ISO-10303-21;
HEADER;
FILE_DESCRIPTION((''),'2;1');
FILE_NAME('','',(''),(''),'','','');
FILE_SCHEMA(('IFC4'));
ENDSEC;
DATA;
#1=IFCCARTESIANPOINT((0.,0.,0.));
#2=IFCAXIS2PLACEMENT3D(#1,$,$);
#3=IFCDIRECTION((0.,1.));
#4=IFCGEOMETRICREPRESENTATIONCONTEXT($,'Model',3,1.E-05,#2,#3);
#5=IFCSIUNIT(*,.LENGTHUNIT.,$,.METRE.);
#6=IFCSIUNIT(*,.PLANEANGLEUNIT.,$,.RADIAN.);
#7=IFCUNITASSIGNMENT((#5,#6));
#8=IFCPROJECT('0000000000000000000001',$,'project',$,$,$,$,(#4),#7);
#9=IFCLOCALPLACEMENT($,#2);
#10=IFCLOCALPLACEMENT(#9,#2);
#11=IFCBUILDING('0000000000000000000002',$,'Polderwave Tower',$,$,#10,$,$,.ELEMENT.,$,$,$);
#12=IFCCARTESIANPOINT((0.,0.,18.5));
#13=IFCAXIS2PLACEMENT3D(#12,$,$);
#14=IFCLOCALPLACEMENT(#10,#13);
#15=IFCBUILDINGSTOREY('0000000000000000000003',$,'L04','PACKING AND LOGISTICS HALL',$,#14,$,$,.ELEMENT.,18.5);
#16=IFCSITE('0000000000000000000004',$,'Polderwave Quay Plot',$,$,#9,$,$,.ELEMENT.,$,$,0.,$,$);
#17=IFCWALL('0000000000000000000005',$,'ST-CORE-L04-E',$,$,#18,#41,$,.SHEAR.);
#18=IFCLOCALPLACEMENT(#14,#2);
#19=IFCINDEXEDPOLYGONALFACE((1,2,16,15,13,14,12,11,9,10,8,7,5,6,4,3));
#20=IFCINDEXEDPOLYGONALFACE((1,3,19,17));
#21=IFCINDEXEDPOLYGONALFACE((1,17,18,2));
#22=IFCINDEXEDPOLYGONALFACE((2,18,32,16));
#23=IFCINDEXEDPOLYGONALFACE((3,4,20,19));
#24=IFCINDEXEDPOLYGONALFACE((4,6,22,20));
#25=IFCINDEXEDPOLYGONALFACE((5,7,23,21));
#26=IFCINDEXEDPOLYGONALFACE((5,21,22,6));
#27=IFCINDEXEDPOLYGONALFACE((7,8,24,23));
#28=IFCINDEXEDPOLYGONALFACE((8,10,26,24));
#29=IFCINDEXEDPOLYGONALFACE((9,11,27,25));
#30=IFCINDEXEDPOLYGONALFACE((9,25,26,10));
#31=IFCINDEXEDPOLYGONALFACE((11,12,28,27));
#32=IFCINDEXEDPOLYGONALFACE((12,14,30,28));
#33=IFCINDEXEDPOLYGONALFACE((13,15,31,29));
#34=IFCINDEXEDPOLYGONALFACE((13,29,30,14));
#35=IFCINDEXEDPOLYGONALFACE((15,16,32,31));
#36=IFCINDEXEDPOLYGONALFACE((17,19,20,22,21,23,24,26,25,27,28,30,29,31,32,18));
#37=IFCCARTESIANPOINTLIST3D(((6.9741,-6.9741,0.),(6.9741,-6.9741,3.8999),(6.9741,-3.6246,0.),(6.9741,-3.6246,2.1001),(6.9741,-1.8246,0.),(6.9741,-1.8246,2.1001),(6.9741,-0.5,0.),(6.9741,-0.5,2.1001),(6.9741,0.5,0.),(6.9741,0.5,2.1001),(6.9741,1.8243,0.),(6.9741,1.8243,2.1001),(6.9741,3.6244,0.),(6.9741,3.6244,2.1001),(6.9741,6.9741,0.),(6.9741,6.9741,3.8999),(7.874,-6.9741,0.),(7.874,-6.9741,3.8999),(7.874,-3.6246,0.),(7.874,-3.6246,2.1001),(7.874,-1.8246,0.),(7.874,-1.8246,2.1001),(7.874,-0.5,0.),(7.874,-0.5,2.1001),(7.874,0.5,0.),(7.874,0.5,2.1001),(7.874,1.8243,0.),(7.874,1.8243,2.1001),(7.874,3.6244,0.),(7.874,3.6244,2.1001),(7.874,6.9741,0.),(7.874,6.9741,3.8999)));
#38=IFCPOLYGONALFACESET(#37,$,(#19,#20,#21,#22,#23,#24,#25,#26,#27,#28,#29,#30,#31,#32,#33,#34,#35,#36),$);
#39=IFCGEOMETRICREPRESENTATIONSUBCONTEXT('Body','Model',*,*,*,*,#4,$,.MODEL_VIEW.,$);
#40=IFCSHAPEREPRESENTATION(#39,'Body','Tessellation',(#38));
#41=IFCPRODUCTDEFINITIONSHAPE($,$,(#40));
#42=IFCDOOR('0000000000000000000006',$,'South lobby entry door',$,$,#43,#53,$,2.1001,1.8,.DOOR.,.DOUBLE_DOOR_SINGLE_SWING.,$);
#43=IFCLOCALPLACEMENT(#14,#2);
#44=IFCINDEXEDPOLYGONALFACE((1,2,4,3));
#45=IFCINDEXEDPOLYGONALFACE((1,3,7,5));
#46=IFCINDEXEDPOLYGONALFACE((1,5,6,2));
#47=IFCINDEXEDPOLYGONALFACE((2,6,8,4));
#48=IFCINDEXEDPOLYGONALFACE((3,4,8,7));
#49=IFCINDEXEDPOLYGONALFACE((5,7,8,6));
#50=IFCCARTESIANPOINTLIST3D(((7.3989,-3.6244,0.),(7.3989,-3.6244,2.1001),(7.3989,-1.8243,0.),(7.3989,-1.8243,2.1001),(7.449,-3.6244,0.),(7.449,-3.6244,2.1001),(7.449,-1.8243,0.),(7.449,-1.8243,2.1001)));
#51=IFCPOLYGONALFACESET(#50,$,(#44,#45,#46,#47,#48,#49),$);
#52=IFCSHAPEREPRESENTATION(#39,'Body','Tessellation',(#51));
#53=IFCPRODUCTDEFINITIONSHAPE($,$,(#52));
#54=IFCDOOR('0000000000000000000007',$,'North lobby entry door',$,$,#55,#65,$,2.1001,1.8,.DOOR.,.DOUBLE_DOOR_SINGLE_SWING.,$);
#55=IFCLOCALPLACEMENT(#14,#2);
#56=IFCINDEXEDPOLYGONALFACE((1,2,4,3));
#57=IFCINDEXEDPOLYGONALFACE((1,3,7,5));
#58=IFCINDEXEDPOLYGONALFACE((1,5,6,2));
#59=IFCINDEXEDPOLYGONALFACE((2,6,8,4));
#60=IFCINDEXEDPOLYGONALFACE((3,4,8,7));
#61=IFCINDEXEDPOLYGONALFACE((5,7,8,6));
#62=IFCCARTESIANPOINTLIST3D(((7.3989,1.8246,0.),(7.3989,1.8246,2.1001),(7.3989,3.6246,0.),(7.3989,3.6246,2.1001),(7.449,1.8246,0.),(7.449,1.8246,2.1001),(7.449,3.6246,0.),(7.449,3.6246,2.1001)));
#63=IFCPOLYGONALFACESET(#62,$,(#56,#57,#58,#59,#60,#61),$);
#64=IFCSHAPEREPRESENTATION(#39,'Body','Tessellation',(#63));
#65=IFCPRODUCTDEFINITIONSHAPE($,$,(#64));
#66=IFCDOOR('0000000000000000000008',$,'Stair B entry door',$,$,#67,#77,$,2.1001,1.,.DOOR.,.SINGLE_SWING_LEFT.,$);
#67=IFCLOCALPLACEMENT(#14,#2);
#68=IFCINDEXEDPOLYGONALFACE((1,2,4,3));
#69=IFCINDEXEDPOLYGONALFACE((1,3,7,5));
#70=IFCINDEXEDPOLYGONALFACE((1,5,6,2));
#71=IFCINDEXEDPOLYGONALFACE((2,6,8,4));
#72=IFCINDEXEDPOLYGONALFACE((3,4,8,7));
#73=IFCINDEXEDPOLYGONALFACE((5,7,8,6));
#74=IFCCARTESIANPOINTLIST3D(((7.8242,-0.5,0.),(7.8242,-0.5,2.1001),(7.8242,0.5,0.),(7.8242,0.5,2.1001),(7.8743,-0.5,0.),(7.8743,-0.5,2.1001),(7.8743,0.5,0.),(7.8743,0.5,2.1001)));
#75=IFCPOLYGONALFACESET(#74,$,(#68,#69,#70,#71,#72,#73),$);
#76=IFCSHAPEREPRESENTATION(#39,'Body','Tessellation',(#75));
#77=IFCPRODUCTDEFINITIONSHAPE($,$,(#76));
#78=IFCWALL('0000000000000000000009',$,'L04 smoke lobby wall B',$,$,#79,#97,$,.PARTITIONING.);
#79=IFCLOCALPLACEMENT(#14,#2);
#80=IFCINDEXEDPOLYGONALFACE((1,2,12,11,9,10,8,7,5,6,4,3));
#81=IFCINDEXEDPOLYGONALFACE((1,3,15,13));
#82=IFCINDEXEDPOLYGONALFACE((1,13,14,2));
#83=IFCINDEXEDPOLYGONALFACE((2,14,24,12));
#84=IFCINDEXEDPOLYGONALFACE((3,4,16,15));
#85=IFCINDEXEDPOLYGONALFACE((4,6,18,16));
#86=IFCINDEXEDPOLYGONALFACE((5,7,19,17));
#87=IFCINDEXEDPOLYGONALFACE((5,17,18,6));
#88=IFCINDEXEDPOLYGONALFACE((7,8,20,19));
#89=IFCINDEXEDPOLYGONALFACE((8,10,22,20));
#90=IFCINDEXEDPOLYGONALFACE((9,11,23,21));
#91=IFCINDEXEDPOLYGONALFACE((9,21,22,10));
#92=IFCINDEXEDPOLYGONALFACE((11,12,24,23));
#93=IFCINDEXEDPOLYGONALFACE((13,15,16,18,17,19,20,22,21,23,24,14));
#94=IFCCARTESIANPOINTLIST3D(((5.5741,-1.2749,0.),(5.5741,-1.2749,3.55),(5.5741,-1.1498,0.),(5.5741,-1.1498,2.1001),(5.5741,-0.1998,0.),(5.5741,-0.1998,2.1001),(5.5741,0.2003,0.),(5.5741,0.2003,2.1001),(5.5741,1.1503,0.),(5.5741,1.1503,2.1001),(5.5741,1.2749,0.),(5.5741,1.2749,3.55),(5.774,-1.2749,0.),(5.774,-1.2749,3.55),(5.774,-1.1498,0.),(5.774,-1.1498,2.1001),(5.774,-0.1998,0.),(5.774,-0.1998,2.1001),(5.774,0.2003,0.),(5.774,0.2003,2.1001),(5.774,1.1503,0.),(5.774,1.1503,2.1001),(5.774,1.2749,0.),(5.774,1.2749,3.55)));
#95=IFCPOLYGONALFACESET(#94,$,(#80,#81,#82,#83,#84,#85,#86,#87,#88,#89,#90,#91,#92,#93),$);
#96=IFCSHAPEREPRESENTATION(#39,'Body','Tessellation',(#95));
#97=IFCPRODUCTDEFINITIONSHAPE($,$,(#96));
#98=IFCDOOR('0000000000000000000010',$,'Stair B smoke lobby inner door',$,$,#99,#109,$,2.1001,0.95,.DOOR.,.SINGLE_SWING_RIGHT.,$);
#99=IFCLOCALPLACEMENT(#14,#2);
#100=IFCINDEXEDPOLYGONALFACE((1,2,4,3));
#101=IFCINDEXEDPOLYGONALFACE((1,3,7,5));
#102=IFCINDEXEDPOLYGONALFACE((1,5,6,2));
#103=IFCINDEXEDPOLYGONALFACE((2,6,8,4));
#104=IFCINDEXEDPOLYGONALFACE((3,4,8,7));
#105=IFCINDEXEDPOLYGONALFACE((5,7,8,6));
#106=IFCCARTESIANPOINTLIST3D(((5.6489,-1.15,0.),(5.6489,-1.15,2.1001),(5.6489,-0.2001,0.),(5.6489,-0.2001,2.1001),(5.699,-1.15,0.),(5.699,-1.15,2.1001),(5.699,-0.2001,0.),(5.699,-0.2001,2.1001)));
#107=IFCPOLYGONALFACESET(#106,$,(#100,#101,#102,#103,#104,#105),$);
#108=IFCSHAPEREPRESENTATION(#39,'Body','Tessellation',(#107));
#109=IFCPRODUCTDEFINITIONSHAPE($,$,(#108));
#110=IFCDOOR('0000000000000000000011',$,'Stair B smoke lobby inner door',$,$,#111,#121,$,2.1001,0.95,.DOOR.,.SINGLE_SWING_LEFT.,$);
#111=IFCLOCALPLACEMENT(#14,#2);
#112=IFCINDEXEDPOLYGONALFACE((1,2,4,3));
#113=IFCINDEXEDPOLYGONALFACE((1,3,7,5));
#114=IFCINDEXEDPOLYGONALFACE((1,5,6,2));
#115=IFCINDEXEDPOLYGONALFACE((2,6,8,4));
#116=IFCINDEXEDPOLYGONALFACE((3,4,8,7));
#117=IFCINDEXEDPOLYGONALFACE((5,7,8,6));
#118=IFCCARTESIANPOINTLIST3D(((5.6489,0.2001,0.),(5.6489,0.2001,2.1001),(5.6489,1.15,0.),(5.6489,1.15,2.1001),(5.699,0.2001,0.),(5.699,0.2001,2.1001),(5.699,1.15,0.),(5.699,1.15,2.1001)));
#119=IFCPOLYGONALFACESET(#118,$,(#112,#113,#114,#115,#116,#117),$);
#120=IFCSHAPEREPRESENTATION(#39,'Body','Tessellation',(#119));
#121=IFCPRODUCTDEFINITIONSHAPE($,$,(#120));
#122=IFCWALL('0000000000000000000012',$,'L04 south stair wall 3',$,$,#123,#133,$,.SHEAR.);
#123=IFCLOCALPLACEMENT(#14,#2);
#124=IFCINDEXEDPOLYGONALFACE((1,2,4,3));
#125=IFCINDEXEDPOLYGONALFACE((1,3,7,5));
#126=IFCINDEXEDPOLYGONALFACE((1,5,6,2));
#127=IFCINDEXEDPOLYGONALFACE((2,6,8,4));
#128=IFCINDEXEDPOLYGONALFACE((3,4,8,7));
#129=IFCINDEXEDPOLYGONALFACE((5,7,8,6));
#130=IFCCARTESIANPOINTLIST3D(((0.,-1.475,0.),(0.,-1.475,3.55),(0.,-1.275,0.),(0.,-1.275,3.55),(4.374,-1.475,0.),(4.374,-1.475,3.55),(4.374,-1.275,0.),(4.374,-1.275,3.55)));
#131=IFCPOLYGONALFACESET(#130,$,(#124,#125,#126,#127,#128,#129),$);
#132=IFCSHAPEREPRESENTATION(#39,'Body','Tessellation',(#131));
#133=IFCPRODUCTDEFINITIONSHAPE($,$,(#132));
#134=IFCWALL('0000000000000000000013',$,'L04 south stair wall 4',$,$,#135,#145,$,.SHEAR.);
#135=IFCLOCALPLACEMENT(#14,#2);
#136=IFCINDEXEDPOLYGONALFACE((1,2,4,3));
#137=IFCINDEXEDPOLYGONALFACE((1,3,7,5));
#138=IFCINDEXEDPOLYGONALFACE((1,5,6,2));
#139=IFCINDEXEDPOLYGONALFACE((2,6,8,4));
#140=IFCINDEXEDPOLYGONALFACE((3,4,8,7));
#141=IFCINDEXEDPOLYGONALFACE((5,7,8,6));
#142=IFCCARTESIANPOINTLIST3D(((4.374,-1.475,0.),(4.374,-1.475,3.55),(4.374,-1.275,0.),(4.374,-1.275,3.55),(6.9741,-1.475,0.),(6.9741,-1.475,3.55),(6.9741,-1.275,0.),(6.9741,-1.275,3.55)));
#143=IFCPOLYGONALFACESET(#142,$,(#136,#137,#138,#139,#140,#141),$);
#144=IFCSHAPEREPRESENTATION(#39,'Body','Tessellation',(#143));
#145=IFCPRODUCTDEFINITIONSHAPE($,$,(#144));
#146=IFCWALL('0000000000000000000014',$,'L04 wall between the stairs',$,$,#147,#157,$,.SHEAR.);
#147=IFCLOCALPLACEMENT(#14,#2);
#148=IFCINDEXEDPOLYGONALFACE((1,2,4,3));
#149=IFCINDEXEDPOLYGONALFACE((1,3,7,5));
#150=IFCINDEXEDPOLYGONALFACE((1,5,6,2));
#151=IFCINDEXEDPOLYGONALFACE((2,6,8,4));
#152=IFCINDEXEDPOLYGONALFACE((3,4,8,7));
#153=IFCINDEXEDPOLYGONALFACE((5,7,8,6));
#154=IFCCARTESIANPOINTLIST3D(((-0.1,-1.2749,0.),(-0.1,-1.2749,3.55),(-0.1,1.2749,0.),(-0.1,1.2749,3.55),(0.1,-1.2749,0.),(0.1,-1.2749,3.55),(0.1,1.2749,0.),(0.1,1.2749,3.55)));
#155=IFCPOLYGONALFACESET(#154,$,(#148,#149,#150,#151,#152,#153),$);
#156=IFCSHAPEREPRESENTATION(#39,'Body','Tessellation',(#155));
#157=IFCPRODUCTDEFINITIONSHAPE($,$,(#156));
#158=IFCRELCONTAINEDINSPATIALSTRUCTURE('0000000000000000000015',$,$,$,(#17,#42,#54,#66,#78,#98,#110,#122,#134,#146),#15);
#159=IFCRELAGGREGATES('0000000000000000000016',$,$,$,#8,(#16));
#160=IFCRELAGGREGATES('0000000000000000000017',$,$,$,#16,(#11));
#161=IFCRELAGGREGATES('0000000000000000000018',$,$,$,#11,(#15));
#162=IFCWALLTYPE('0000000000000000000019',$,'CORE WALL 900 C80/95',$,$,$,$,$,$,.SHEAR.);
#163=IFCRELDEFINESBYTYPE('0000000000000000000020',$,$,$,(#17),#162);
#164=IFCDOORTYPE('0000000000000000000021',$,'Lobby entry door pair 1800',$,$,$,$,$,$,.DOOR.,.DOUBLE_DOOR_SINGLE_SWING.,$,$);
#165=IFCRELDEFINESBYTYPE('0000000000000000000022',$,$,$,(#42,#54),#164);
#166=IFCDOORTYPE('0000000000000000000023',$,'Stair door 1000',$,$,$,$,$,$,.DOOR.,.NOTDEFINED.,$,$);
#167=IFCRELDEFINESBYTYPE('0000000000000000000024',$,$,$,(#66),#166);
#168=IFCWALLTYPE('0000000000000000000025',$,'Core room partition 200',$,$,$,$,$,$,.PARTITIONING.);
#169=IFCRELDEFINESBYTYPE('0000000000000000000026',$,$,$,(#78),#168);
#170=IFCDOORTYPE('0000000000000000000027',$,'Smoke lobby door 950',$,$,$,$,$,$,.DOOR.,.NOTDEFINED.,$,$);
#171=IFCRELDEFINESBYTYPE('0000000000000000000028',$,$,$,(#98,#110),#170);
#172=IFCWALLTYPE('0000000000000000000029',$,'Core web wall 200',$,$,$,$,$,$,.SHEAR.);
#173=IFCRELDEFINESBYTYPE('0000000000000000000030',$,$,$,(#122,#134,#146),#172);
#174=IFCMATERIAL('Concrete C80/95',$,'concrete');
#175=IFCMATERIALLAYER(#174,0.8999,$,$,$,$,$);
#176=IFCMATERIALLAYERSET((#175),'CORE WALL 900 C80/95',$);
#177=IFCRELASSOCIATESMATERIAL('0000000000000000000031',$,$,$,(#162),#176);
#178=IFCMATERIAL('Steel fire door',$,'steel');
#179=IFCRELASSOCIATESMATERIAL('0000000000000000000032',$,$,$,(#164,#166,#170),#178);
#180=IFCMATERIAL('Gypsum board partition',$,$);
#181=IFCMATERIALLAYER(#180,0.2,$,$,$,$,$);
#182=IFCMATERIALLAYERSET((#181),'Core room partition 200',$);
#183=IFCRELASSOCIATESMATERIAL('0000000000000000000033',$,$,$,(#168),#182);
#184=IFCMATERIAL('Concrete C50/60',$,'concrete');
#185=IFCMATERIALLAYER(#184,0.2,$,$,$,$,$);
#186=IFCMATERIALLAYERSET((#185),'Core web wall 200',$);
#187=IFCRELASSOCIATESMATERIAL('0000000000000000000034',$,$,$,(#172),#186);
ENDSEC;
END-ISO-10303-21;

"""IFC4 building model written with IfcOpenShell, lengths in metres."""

from ifc_helpers import new_model, si_unit, direction, frame, frame_2d, origin, place, context, subcontext, project, spatial, rectangle, extrude, material, layer, layer_set, type_object, element, fill, save


model = new_model("IFC4")

# Units and contexts
model_context = context("Model", 3, precision=1e-05, world=origin(), true_north=direction((0.0, 1.0)))
body_context = subcontext(model_context, "Body", "Model", "MODEL_VIEW")
ifc_project = project(units=[si_unit("LENGTHUNIT", "METRE"), si_unit("PLANEANGLEUNIT", "RADIAN")], contexts=[model_context])

# Site, building, storey
site_placement = place(None, origin())
site = spatial("IfcSite", under=ifc_project, at=site_placement, Name="Polderwave Quay Plot", CompositionType="ELEMENT", RefElevation=0.0)
building_placement = place(site_placement, origin())
building = spatial("IfcBuilding", under=site, at=building_placement, Name="Polderwave Tower", CompositionType="ELEMENT")
storey_placement = place(building_placement, frame((0.0, 0.0, 18.5)))
storey = spatial("IfcBuildingStorey", under=building, at=storey_placement, Name="L04", Description="PACKING AND LOGISTICS HALL", CompositionType="ELEMENT", Elevation=18.5)

# Walls, openings, doors
ifc_material_1 = material(Name="Concrete C80/95", Category="concrete")
ifc_layer_1 = layer(ifc_material_1, 0.8999)
ifc_layer_set_1 = layer_set([ifc_layer_1], Name="CORE WALL 900 C80/95")
wall_type_1 = type_object("IfcWallType", Name="CORE WALL 900 C80/95", PredefinedType="SHEAR", material=ifc_layer_set_1)
wall_1_placement = place(storey_placement, frame((7.4241, -6.9741, 0.0), z_axis=(0.0, 0.0, 1.0), x_axis=(0.0, 1.0, 0.0)))
wall_1 = element("IfcWall", 1, at=wall_1_placement, inside=storey, type_object=wall_type_1, Name="ST-CORE-L04-E", PredefinedType="SHEAR", context=body_context, shape_type="SweptSolid", body=[
    extrude(rectangle(XDim=13.9482, YDim=0.8999, at=frame_2d((6.9741, 0.0))), origin(), (0.0, 0.0, 1.0), 3.8999),
])
opening_1_placement = place(wall_1_placement, frame((6.4741, 0.0, 0.0)))
opening_1 = element("IfcOpeningElement", 2, at=opening_1_placement, cuts=wall_1, PredefinedType="OPENING", context=body_context, shape_type="SweptSolid", body=[
    extrude(rectangle(XDim=1.0, YDim=2.1001, at=frame_2d((0.5, 1.05))), frame((0.0, 0.46, 0.0), z_axis=(0.0, -1.0, 0.0), x_axis=(1.0, 0.0, 0.0)), (0.0, 0.0, 1.0), 0.9199),
])
opening_2_placement = place(wall_1_placement, frame((3.3496, 0.0, 0.0)))
opening_2 = element("IfcOpeningElement", 3, at=opening_2_placement, cuts=wall_1, PredefinedType="OPENING", context=body_context, shape_type="SweptSolid", body=[
    extrude(rectangle(XDim=1.8, YDim=2.1001, at=frame_2d((0.8999, 1.05))), frame((0.0, 0.46, 0.0), z_axis=(0.0, -1.0, 0.0), x_axis=(1.0, 0.0, 0.0)), (0.0, 0.0, 1.0), 0.9199),
])
opening_3_placement = place(wall_1_placement, frame((8.7986, 0.0, 0.0)))
opening_3 = element("IfcOpeningElement", 4, at=opening_3_placement, cuts=wall_1, PredefinedType="OPENING", context=body_context, shape_type="SweptSolid", body=[
    extrude(rectangle(XDim=1.8, YDim=2.1001, at=frame_2d((0.8999, 1.05))), frame((0.0, 0.46, 0.0), z_axis=(0.0, -1.0, 0.0), x_axis=(1.0, 0.0, 0.0)), (0.0, 0.0, 1.0), 0.9199),
])
ifc_material_2 = material(Name="Steel fire door", Category="steel")
door_type_1 = type_object("IfcDoorType", Name="Lobby entry door pair 1800", OperationType="DOUBLE_DOOR_SINGLE_SWING", PredefinedType="DOOR", material=ifc_material_2)
door_1_placement = place(opening_2_placement, frame((1.8, 0.0, 0.0), z_axis=(0.0, 0.0, 1.0), x_axis=(-1.0, 0.0, 0.0)))
door_1 = element("IfcDoor", 5, at=door_1_placement, inside=storey, type_object=door_type_1, Name="South lobby entry door", OperationType="DOUBLE_DOOR_SINGLE_SWING", OverallHeight=2.1001, OverallWidth=1.8, PredefinedType="DOOR", context=body_context, shape_type="SweptSolid", body=[
    extrude(rectangle(XDim=1.8, YDim=2.1001, at=frame_2d((0.8999, 1.05))), frame((0.0, 0.0249, 0.0), z_axis=(0.0, -1.0, 0.0), x_axis=(1.0, 0.0, 0.0)), (0.0, 0.0, 1.0), 0.05),
])
fill(opening_2, door_1)
door_2_placement = place(opening_3_placement, frame((1.8, 0.0, 0.0), z_axis=(0.0, 0.0, 1.0), x_axis=(-1.0, 0.0, 0.0)))
door_2 = element("IfcDoor", 6, at=door_2_placement, inside=storey, type_object=door_type_1, Name="North lobby entry door", OperationType="DOUBLE_DOOR_SINGLE_SWING", OverallHeight=2.1001, OverallWidth=1.8, PredefinedType="DOOR", context=body_context, shape_type="SweptSolid", body=[
    extrude(rectangle(XDim=1.8, YDim=2.1001, at=frame_2d((0.8999, 1.05))), frame((0.0, 0.0249, 0.0), z_axis=(0.0, -1.0, 0.0), x_axis=(1.0, 0.0, 0.0)), (0.0, 0.0, 1.0), 0.05),
])
fill(opening_3, door_2)
door_type_2 = type_object("IfcDoorType", Name="Stair door 1000", OperationType="NOTDEFINED", PredefinedType="DOOR", material=ifc_material_2)
door_3_placement = place(opening_1_placement, frame((1.0, 0.0, 0.0), z_axis=(0.0, 0.0, 1.0), x_axis=(-1.0, 0.0, 0.0)))
door_3 = element("IfcDoor", 7, at=door_3_placement, inside=storey, type_object=door_type_2, Name="Stair B entry door", OperationType="SINGLE_SWING_LEFT", OverallHeight=2.1001, OverallWidth=1.0, PredefinedType="DOOR", context=body_context, shape_type="SweptSolid", body=[
    extrude(rectangle(XDim=1.0, YDim=2.1001, at=frame_2d((0.5, 1.05))), frame((0.0, 0.4502, 0.0), z_axis=(0.0, -1.0, 0.0), x_axis=(1.0, 0.0, 0.0)), (0.0, 0.0, 1.0), 0.05),
])
fill(opening_1, door_3)
ifc_material_3 = material(Name="Gypsum board partition")
ifc_layer_2 = layer(ifc_material_3, 0.2)
ifc_layer_set_2 = layer_set([ifc_layer_2], Name="Core room partition 200")
wall_type_2 = type_object("IfcWallType", Name="Core room partition 200", PredefinedType="PARTITIONING", material=ifc_layer_set_2)
wall_2_placement = place(storey_placement, frame((5.6741, -1.2749, 0.0), z_axis=(0.0, 0.0, 1.0), x_axis=(0.0, 1.0, 0.0)))
wall_2 = element("IfcWall", 8, at=wall_2_placement, inside=storey, type_object=wall_type_2, Name="L04 smoke lobby wall B", PredefinedType="PARTITIONING", context=body_context, shape_type="SweptSolid", body=[
    extrude(rectangle(XDim=2.5498, YDim=0.2, at=frame_2d((1.2749, 0.0))), origin(), (0.0, 0.0, 1.0), 3.55),
])
opening_4_placement = place(wall_2_placement, frame((0.125, 0.0, 0.0)))
opening_4 = element("IfcOpeningElement", 9, at=opening_4_placement, cuts=wall_2, PredefinedType="OPENING", context=body_context, shape_type="SweptSolid", body=[
    extrude(rectangle(XDim=0.95, YDim=2.1001, at=frame_2d((0.4751, 1.05))), frame((0.0, 0.1099, 0.0), z_axis=(0.0, -1.0, 0.0), x_axis=(1.0, 0.0, 0.0)), (0.0, 0.0, 1.0), 0.22),
])
opening_5_placement = place(wall_2_placement, frame((1.4751, 0.0, 0.0)))
opening_5 = element("IfcOpeningElement", 10, at=opening_5_placement, cuts=wall_2, PredefinedType="OPENING", context=body_context, shape_type="SweptSolid", body=[
    extrude(rectangle(XDim=0.95, YDim=2.1001, at=frame_2d((0.4751, 1.05))), frame((0.0, 0.1099, 0.0), z_axis=(0.0, -1.0, 0.0), x_axis=(1.0, 0.0, 0.0)), (0.0, 0.0, 1.0), 0.22),
])
door_type_3 = type_object("IfcDoorType", Name="Smoke lobby door 950", OperationType="NOTDEFINED", PredefinedType="DOOR", material=ifc_material_2)
door_4_placement = place(opening_4_placement, frame((0.95, 0.0, 0.0), z_axis=(0.0, 0.0, 1.0), x_axis=(-1.0, 0.0, 0.0)))
door_4 = element("IfcDoor", 11, at=door_4_placement, inside=storey, type_object=door_type_3, Name="Stair B smoke lobby inner door", OperationType="SINGLE_SWING_RIGHT", OverallHeight=2.1001, OverallWidth=0.95, PredefinedType="DOOR", context=body_context, shape_type="SweptSolid", body=[
    extrude(rectangle(XDim=0.95, YDim=2.1001, at=frame_2d((0.4751, 1.05))), frame((0.0, 0.0249, 0.0), z_axis=(0.0, -1.0, 0.0), x_axis=(1.0, 0.0, 0.0)), (0.0, 0.0, 1.0), 0.05),
])
fill(opening_4, door_4)
door_5_placement = place(opening_5_placement, frame((0.95, 0.0, 0.0), z_axis=(0.0, 0.0, 1.0), x_axis=(-1.0, 0.0, 0.0)))
door_5 = element("IfcDoor", 12, at=door_5_placement, inside=storey, type_object=door_type_3, Name="Stair B smoke lobby inner door", OperationType="SINGLE_SWING_LEFT", OverallHeight=2.1001, OverallWidth=0.95, PredefinedType="DOOR", context=body_context, shape_type="SweptSolid", body=[
    extrude(rectangle(XDim=0.95, YDim=2.1001, at=frame_2d((0.4751, 1.05))), frame((0.0, 0.0249, 0.0), z_axis=(0.0, -1.0, 0.0), x_axis=(1.0, 0.0, 0.0)), (0.0, 0.0, 1.0), 0.05),
])
fill(opening_5, door_5)

# Walls
ifc_material_4 = material(Name="Concrete C50/60", Category="concrete")
ifc_layer_3 = layer(ifc_material_4, 0.2)
ifc_layer_set_3 = layer_set([ifc_layer_3], Name="Core web wall 200")
wall_type_3 = type_object("IfcWallType", Name="Core web wall 200", PredefinedType="SHEAR", material=ifc_layer_set_3)
wall_3_placement = place(storey_placement, frame((0.0, -1.375, 0.0), z_axis=(0.0, 0.0, 1.0), x_axis=(1.0, 0.0, 0.0)))
element("IfcWall", 13, at=wall_3_placement, inside=storey, type_object=wall_type_3, Name="L04 south stair wall 3", PredefinedType="SHEAR", context=body_context, shape_type="SweptSolid", body=[
    extrude(rectangle(XDim=4.374, YDim=0.2, at=frame_2d((2.187, 0.0))), origin(), (0.0, 0.0, 1.0), 3.55),
])
wall_4_placement = place(storey_placement, frame((4.374, -1.375, 0.0), z_axis=(0.0, 0.0, 1.0), x_axis=(1.0, 0.0, 0.0)))
element("IfcWall", 14, at=wall_4_placement, inside=storey, type_object=wall_type_3, Name="L04 south stair wall 4", PredefinedType="SHEAR", context=body_context, shape_type="SweptSolid", body=[
    extrude(rectangle(XDim=2.6001, YDim=0.2, at=frame_2d((1.3, 0.0))), origin(), (0.0, 0.0, 1.0), 3.55),
])
wall_5_placement = place(storey_placement, frame((0.0, -1.2749, 0.0), z_axis=(0.0, 0.0, 1.0), x_axis=(0.0, 1.0, 0.0)))
element("IfcWall", 15, at=wall_5_placement, inside=storey, type_object=wall_type_3, Name="L04 wall between the stairs", PredefinedType="SHEAR", context=body_context, shape_type="SweptSolid", body=[
    extrude(rectangle(XDim=2.5498, YDim=0.2, at=frame_2d((1.2749, 0.0))), origin(), (0.0, 0.0, 1.0), 3.55),
])

save(model, "model.ifc")
